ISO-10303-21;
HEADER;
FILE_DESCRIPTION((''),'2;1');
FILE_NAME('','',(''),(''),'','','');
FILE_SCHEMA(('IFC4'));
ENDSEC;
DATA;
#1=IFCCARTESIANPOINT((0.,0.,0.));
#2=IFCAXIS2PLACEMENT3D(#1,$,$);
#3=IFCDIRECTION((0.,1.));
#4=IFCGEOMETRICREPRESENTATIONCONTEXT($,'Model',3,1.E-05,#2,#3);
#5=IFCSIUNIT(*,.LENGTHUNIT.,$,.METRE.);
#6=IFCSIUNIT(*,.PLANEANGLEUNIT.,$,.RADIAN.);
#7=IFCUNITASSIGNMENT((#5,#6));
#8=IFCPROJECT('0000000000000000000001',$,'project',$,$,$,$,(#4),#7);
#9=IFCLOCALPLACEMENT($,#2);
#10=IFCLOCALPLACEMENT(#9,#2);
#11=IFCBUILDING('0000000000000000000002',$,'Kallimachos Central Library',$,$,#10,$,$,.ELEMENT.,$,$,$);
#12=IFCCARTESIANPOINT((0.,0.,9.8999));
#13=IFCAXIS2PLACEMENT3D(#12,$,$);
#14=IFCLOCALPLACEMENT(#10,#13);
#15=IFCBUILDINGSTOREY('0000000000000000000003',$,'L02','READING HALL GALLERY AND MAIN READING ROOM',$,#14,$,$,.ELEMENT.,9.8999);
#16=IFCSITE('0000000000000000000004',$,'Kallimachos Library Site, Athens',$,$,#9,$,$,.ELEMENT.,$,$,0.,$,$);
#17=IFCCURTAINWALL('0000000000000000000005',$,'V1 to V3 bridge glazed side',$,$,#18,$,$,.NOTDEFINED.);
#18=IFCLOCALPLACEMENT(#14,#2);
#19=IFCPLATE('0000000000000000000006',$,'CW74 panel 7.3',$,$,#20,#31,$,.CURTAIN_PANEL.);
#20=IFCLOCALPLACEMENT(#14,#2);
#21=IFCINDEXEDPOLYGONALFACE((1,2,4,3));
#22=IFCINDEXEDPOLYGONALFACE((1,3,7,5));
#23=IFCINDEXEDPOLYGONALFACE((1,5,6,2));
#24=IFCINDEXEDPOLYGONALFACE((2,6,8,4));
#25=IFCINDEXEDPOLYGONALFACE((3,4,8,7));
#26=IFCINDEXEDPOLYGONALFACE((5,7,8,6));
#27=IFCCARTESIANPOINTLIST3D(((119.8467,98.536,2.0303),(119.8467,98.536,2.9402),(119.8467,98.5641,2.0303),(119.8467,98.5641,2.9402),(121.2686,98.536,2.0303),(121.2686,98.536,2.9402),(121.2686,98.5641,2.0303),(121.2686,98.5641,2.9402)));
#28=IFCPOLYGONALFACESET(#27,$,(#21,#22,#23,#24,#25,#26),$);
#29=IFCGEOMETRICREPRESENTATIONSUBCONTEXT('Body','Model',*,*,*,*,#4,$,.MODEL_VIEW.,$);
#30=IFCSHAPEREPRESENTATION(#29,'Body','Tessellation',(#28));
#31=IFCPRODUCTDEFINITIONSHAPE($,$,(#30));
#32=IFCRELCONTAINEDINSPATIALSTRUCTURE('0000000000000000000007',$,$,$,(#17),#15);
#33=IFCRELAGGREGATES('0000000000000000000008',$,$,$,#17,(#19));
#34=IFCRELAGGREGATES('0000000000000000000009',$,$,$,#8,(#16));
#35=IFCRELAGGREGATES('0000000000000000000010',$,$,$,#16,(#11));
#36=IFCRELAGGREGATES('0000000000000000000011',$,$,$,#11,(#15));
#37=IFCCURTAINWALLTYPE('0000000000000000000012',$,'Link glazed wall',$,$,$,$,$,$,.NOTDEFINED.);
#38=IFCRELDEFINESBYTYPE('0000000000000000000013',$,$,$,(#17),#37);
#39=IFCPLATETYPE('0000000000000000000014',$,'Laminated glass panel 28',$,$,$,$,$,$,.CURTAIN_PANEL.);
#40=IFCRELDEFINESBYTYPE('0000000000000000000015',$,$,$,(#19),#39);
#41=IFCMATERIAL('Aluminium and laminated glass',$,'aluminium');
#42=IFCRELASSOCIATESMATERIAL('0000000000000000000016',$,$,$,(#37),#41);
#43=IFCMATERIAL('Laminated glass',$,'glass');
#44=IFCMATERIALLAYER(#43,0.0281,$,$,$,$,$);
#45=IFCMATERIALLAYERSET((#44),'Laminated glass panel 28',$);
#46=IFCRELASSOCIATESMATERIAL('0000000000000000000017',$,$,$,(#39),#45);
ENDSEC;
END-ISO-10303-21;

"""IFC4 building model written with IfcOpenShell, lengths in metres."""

from ifc_helpers import new_model, si_unit, direction, frame, origin, origin_2d, place, context, subcontext, project, spatial, rectangle, extrude, material, layer, layer_set, type_object, element, aggregate, save


model = new_model("IFC4")

# Units and contexts
model_context = context("Model", 3, precision=1e-05, world=origin(), true_north=direction((0.0, 1.0)))
body_context = subcontext(model_context, "Body", "Model", "MODEL_VIEW")
ifc_project = project(units=[si_unit("LENGTHUNIT", "METRE"), si_unit("PLANEANGLEUNIT", "RADIAN")], contexts=[model_context])

# Site, building, storey
site_placement = place(None, origin())
site = spatial("IfcSite", under=ifc_project, at=site_placement, Name="Kallimachos Library Site, Athens", CompositionType="ELEMENT", RefElevation=0.0)
building_placement = place(site_placement, origin())
building = spatial("IfcBuilding", under=site, at=building_placement, Name="Kallimachos Central Library", CompositionType="ELEMENT")
storey_placement = place(building_placement, frame((0.0, 0.0, 9.8999)))
storey = spatial("IfcBuildingStorey", under=building, at=storey_placement, Name="L02", Description="READING HALL GALLERY AND MAIN READING ROOM", CompositionType="ELEMENT", Elevation=9.8999)

# Curtain wall
ifc_material_1 = material(Name="Aluminium and laminated glass", Category="aluminium")
curtain_wall_type = type_object("IfcCurtainWallType", Name="Link glazed wall", PredefinedType="NOTDEFINED", material=ifc_material_1)
curtain_wall_placement = place(storey_placement, origin())
curtain_wall = element("IfcCurtainWall", 1, at=curtain_wall_placement, inside=storey, type_object=curtain_wall_type, Name="V1 to V3 bridge glazed side", PredefinedType="NOTDEFINED")

# Plate
ifc_material_2 = material(Name="Laminated glass", Category="glass")
ifc_layer = layer(ifc_material_2, 0.0281)
ifc_layer_set = layer_set([ifc_layer], Name="Laminated glass panel 28")
plate_type = type_object("IfcPlateType", Name="Laminated glass panel 28", PredefinedType="CURTAIN_PANEL", material=ifc_layer_set)
plate_1_placement = place(storey_placement, frame((120.5576, 98.55, 2.0303), z_axis=(0.0, 0.0, 1.0), x_axis=(1.0, 0.0, 0.0)))
plate_1 = element("IfcPlate", 2, at=plate_1_placement, type_object=plate_type, Name="CW74 panel 7.3", PredefinedType="CURTAIN_PANEL", context=body_context, shape_type="SweptSolid", body=[
    extrude(rectangle(XDim=1.4219, YDim=0.0281, at=origin_2d()), origin(), (0.0, 0.0, 1.0), 0.9099),
])
aggregate(curtain_wall, [plate_1])

save(model, "model.ifc")
